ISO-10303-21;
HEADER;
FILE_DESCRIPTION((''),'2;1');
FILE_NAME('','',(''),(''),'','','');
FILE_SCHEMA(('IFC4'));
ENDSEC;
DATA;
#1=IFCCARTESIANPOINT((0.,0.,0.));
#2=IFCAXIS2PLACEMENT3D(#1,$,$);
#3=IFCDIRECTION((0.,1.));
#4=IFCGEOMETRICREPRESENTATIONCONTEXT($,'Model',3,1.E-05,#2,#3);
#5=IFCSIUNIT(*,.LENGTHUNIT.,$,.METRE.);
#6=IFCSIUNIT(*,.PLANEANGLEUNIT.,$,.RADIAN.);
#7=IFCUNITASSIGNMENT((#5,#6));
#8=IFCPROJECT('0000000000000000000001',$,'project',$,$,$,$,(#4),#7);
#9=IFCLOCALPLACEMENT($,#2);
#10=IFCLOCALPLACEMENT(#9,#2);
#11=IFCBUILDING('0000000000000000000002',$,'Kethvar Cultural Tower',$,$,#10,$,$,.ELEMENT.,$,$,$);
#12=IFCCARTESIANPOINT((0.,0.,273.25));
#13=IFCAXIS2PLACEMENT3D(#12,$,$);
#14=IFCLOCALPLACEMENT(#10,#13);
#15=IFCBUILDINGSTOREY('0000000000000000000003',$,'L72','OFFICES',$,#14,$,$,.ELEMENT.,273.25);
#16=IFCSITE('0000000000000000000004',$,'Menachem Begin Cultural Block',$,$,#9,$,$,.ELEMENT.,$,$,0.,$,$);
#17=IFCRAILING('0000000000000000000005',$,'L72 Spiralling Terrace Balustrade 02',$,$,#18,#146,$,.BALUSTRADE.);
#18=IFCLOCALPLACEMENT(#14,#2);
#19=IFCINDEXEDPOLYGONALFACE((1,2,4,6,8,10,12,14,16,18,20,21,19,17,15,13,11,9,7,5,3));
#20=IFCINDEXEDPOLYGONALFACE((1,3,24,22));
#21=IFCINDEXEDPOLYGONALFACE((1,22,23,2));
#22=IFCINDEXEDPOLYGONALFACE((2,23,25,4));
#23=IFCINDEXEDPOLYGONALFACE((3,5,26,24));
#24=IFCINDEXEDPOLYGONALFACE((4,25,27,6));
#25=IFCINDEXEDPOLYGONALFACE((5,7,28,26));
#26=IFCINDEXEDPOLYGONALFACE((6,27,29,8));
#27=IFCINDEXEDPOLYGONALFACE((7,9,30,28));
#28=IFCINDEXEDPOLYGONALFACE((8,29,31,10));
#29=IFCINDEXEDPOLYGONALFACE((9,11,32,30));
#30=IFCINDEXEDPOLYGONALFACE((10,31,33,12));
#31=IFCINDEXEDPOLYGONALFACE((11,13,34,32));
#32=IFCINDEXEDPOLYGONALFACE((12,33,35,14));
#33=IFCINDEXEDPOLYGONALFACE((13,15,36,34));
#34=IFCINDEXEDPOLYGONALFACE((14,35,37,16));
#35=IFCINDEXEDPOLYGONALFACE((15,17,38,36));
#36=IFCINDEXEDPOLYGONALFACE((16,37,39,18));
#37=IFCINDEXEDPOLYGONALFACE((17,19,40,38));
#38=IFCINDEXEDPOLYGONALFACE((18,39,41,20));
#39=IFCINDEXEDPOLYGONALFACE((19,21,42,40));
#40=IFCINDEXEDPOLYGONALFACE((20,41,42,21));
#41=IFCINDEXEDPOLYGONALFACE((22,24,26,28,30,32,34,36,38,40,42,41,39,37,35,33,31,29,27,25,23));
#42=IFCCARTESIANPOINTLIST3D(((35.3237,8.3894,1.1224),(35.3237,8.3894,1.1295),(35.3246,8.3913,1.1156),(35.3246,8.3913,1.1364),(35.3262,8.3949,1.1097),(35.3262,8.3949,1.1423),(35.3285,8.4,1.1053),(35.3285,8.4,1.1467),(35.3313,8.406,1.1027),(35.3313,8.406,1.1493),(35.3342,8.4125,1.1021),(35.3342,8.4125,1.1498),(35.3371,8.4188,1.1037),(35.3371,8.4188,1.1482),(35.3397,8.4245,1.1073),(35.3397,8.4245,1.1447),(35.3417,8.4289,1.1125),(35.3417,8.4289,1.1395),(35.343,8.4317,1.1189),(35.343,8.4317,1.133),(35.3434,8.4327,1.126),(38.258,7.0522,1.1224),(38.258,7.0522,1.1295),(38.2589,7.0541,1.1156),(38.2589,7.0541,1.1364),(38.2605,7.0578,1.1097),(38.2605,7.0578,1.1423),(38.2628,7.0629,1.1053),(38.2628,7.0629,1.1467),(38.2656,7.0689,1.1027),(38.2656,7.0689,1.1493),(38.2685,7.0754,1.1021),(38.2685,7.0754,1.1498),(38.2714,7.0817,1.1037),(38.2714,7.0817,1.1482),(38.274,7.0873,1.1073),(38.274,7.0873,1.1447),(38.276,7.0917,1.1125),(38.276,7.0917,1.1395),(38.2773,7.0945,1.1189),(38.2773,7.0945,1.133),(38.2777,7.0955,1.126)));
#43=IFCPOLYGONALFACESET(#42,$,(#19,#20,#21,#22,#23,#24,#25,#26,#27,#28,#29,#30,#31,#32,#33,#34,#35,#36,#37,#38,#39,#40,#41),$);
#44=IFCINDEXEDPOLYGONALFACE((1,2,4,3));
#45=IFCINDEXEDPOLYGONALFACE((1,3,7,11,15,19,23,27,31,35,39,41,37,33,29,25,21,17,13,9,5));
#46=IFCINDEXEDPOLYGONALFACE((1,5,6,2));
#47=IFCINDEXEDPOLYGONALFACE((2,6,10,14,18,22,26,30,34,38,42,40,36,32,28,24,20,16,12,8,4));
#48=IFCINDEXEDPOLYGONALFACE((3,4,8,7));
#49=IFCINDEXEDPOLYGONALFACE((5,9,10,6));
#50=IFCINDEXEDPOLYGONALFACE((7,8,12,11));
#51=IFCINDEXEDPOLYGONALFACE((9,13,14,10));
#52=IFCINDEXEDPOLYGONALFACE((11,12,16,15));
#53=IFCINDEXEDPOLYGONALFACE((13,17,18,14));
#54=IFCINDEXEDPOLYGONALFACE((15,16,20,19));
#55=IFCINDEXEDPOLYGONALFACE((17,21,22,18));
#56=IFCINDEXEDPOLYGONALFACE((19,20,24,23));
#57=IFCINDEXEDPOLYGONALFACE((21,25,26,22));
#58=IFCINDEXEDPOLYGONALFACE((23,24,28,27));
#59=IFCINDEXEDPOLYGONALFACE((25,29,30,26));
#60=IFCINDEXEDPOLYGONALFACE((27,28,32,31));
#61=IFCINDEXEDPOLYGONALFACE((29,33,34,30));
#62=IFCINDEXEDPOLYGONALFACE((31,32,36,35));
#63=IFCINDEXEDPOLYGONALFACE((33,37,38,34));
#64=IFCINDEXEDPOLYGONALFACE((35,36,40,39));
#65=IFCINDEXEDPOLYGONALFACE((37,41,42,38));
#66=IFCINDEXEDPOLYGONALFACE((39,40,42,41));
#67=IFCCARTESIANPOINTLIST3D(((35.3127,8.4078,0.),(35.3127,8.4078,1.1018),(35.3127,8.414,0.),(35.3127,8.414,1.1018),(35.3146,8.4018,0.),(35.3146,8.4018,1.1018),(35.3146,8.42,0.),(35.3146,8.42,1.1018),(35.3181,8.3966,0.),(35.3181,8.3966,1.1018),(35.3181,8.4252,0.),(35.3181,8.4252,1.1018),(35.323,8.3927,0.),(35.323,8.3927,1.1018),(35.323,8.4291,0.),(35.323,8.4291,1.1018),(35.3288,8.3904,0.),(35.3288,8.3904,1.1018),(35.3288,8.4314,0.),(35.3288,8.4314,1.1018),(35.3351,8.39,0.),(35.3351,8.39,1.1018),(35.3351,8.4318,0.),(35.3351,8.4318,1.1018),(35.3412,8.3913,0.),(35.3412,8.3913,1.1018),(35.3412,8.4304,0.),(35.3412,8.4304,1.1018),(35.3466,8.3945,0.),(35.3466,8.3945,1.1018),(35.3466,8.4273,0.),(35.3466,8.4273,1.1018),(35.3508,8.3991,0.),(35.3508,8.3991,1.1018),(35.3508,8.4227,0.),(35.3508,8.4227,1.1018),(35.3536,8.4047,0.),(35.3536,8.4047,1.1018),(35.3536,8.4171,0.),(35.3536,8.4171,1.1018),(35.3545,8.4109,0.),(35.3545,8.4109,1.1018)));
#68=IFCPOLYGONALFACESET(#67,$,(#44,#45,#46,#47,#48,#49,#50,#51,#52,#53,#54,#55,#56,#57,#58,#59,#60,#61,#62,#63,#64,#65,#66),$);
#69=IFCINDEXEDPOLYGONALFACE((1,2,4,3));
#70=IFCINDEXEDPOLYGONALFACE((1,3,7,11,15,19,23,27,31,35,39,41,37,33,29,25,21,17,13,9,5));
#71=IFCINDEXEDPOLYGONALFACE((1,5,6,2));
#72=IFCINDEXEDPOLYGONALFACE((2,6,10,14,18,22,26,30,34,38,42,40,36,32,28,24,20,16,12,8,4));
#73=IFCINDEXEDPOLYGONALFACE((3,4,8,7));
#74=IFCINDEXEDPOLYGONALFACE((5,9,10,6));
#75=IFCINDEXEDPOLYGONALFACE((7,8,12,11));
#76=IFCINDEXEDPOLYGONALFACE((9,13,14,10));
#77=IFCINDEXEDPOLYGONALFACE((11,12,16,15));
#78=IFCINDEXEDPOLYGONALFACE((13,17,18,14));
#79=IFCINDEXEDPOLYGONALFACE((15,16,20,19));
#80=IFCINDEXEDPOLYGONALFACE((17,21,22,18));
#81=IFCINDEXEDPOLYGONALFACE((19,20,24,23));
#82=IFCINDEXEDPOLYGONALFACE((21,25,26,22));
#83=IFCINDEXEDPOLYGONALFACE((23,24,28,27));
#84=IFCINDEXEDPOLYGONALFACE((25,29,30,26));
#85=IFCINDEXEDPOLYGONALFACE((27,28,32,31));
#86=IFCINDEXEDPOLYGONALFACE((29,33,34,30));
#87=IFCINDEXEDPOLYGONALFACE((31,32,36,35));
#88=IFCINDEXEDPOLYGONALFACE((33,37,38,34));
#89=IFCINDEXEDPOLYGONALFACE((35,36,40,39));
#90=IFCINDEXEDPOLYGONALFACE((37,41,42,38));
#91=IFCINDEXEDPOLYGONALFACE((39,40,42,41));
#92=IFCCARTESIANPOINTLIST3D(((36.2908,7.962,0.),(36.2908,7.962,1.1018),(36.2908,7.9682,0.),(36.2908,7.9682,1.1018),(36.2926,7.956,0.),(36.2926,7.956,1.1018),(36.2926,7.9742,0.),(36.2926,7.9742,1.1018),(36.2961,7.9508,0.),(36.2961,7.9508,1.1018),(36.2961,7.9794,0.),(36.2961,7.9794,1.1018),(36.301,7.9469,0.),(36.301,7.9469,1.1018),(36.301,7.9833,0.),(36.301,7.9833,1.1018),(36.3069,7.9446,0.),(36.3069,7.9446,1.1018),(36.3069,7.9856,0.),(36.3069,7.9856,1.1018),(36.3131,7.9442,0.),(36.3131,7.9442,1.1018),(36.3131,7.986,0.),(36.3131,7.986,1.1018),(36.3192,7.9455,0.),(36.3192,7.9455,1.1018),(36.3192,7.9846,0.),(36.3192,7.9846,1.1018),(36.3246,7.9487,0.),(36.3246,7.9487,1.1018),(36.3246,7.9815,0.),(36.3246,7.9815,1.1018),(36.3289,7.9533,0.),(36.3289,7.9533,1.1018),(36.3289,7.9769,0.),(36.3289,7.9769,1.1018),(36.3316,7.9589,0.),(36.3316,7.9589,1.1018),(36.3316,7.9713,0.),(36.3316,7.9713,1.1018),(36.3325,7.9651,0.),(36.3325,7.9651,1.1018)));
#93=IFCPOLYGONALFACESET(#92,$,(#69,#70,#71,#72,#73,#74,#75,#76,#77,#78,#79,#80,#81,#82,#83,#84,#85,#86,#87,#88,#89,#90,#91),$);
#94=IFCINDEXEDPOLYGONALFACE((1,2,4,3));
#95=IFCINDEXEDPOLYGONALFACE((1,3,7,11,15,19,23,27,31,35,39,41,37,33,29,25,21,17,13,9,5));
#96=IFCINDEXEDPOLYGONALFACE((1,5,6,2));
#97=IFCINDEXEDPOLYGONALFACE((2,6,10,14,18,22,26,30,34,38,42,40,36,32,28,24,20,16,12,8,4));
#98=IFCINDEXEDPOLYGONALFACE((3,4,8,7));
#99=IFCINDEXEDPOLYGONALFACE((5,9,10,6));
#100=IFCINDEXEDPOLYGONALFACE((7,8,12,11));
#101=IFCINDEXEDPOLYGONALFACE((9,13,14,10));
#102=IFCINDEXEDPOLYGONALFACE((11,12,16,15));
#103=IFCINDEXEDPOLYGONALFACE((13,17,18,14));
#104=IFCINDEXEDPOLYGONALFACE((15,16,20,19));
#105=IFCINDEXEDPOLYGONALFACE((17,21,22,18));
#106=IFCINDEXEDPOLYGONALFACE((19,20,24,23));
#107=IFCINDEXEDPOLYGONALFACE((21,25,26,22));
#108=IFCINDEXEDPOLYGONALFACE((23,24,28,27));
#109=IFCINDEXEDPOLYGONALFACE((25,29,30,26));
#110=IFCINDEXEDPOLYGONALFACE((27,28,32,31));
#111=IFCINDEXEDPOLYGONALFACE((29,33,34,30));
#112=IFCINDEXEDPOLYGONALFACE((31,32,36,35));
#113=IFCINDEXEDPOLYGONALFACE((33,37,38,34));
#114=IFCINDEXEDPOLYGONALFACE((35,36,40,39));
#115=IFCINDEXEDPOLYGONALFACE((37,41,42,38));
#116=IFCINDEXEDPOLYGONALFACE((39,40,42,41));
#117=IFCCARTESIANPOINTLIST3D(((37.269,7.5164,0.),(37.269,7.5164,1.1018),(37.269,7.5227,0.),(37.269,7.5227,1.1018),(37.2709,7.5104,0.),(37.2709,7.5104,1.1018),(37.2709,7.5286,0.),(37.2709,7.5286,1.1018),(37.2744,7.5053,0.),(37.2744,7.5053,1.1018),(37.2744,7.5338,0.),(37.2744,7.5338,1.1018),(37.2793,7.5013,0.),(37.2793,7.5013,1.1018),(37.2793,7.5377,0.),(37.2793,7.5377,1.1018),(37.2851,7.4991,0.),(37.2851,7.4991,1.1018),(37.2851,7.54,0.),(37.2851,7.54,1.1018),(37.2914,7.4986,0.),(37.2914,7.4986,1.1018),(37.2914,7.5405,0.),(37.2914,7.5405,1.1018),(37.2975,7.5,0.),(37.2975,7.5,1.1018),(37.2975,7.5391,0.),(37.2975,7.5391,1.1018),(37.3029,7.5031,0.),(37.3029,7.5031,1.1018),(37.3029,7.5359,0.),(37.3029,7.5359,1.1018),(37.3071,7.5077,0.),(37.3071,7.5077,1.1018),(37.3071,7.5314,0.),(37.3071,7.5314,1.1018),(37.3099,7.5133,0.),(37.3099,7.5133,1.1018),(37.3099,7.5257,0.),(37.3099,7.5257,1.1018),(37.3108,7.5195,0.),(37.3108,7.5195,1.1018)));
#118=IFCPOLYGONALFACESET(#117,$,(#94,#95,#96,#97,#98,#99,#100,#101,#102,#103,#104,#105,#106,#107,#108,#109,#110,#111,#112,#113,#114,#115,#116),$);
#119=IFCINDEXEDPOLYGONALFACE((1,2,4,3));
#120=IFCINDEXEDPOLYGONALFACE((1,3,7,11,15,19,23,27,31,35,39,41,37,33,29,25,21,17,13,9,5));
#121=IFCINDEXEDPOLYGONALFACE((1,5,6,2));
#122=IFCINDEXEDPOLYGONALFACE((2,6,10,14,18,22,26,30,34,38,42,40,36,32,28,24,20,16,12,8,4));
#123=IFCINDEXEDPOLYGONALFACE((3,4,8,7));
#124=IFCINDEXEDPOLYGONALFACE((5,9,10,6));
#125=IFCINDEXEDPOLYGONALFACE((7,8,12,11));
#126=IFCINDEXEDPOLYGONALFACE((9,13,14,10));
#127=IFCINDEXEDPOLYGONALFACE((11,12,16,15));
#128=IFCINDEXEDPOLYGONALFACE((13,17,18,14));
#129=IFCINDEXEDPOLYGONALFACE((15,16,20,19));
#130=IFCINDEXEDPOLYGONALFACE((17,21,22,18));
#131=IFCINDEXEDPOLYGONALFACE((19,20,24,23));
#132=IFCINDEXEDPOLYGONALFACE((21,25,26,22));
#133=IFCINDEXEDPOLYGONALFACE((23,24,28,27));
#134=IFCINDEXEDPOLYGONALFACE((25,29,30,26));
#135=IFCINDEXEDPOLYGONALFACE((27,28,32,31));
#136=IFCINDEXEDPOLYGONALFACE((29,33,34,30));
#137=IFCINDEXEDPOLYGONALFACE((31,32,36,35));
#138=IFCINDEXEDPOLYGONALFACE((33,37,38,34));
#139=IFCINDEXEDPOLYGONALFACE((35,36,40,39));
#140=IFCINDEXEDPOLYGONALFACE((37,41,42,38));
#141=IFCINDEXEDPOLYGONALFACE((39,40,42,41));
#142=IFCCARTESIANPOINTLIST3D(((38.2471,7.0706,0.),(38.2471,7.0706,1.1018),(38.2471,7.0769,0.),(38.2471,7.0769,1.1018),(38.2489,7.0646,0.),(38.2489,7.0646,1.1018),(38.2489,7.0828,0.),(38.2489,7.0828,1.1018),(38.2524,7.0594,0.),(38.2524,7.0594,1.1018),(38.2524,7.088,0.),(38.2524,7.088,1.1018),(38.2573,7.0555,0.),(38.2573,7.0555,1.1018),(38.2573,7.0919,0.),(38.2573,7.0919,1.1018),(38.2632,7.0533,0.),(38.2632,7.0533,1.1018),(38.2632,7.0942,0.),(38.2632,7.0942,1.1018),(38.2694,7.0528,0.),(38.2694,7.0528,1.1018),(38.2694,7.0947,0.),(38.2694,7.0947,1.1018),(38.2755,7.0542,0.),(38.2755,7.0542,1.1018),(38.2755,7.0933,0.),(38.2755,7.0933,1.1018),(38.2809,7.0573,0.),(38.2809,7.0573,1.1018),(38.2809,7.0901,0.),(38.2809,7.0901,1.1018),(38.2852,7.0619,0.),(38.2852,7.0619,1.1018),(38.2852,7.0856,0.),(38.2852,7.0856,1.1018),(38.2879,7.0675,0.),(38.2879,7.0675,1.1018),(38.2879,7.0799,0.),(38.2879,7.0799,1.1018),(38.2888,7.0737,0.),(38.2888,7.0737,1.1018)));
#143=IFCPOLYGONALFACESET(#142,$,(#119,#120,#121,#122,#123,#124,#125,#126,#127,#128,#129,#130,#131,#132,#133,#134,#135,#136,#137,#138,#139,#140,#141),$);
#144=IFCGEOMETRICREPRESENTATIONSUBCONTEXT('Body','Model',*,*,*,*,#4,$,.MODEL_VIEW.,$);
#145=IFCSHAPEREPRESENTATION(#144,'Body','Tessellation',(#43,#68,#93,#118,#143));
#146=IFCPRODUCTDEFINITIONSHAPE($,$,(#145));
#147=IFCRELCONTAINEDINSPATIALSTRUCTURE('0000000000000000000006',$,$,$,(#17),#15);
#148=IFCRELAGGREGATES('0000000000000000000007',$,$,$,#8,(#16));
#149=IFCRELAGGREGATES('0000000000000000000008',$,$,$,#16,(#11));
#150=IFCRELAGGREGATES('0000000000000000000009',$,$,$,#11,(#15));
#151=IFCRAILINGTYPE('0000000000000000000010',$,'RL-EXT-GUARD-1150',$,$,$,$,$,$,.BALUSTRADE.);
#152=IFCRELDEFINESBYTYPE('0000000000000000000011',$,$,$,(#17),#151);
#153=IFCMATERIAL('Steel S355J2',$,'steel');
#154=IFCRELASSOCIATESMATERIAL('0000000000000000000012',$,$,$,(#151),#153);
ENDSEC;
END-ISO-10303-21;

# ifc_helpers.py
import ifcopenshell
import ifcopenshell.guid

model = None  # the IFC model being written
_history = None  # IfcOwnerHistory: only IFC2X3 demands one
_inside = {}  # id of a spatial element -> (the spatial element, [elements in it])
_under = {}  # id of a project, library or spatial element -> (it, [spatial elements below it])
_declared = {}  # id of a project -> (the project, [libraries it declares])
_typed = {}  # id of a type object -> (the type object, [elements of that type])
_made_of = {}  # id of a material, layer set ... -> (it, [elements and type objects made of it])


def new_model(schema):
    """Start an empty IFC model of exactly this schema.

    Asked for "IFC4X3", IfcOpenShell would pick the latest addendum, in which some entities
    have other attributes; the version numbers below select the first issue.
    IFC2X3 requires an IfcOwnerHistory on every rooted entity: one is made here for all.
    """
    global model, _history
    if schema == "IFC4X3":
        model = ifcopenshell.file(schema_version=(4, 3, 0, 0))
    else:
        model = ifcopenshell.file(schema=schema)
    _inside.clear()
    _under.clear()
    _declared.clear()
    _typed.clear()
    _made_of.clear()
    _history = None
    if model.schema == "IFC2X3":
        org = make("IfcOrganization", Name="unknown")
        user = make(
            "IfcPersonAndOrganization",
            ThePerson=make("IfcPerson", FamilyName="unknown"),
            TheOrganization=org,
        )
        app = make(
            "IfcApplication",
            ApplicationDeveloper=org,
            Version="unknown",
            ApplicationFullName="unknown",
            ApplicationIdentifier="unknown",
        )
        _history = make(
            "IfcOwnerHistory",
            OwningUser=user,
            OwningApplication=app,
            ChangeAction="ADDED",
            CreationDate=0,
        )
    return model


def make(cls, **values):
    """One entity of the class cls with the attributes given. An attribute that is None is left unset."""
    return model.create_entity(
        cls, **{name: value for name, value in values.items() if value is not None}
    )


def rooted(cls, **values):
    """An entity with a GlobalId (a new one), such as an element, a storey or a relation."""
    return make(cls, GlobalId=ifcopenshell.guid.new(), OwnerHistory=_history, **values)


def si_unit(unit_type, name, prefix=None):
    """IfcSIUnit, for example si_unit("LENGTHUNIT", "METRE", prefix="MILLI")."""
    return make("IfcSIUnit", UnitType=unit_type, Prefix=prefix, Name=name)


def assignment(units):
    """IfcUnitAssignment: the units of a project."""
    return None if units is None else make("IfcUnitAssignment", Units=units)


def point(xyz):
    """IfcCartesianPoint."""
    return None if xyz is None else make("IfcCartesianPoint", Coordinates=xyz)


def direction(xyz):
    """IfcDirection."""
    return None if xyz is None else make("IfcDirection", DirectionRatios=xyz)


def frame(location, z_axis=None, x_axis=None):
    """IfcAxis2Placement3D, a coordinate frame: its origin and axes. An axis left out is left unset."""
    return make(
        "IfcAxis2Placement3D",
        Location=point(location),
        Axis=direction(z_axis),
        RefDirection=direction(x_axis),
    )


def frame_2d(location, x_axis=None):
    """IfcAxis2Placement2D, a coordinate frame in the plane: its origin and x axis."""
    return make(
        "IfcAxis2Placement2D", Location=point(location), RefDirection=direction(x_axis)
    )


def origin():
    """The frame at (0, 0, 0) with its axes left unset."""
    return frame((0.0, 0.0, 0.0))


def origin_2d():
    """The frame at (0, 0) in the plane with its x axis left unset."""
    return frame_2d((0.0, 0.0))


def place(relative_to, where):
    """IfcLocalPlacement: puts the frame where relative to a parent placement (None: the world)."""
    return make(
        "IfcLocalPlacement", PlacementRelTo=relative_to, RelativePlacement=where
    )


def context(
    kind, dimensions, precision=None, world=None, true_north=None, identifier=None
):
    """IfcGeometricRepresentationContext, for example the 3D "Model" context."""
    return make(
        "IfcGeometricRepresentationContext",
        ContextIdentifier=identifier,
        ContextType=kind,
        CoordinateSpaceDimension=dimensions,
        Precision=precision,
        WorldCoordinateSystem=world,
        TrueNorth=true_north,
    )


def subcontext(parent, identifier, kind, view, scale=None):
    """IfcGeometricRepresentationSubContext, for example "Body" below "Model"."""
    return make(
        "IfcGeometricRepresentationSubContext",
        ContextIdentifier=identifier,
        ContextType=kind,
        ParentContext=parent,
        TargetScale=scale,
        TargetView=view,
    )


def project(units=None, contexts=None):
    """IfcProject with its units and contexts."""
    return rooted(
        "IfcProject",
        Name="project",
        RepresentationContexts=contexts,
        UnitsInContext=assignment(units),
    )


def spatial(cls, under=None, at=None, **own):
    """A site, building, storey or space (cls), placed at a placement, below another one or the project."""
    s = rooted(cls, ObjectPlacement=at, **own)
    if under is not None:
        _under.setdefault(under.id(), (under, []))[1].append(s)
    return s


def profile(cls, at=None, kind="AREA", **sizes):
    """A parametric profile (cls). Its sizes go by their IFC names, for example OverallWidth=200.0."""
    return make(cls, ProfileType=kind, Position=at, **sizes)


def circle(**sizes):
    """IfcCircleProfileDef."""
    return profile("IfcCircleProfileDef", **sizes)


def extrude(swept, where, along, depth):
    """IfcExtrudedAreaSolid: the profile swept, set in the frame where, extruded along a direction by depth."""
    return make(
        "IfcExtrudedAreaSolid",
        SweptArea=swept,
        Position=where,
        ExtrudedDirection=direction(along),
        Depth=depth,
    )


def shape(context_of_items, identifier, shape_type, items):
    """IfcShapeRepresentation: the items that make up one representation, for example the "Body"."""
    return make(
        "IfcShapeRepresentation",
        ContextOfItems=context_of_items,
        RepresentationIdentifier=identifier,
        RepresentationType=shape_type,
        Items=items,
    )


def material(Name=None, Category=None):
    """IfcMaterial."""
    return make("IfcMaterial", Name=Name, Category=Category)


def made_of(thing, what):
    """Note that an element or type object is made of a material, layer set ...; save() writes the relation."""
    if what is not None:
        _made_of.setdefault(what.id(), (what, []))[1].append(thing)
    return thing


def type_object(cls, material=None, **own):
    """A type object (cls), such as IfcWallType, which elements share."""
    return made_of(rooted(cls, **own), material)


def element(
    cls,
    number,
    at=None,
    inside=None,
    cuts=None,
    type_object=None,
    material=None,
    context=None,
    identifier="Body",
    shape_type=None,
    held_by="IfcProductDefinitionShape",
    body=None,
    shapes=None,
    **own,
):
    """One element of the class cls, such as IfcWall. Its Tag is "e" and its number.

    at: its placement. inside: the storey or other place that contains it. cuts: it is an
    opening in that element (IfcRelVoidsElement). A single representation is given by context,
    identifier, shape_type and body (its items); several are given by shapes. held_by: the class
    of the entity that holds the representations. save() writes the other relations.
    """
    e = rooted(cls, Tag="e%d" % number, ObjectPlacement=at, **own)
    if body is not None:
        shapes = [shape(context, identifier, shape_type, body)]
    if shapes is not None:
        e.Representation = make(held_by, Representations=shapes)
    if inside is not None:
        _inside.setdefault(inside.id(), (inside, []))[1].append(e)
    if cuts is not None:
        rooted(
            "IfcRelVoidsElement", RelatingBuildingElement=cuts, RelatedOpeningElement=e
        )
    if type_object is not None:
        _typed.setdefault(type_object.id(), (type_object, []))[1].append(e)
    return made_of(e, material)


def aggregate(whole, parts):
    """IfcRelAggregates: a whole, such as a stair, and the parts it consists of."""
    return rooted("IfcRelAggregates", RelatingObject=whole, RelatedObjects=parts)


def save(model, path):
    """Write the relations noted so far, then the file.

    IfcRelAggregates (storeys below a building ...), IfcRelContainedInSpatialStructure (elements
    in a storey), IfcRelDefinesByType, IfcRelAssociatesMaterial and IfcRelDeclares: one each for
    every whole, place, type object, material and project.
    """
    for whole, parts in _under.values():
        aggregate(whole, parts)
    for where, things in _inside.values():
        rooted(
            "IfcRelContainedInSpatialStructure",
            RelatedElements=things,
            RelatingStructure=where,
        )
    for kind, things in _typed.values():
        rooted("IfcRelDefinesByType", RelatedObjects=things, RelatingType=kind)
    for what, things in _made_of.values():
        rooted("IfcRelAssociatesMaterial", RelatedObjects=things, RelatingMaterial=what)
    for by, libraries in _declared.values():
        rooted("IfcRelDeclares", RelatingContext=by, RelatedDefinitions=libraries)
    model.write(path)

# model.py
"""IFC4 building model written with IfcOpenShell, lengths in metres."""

from ifc_helpers import new_model, si_unit, direction, frame, origin, origin_2d, place, context, subcontext, project, spatial, circle, extrude, material, type_object, element, save


model = new_model("IFC4")

# Units and contexts
model_context = context("Model", 3, precision=1e-05, world=origin(), true_north=direction((0.0, 1.0)))
body_context = subcontext(model_context, "Body", "Model", "MODEL_VIEW")
ifc_project = project(units=[si_unit("LENGTHUNIT", "METRE"), si_unit("PLANEANGLEUNIT", "RADIAN")], contexts=[model_context])

# Site, building, storey
site_placement = place(None, origin())
site = spatial("IfcSite", under=ifc_project, at=site_placement, Name="Menachem Begin Cultural Block", CompositionType="ELEMENT", RefElevation=0.0)
building_placement = place(site_placement, origin())
building = spatial("IfcBuilding", under=site, at=building_placement, Name="Kethvar Cultural Tower", CompositionType="ELEMENT")
storey_placement = place(building_placement, frame((0.0, 0.0, 273.25)))
storey = spatial("IfcBuildingStorey", under=building, at=storey_placement, Name="L72", Description="OFFICES", CompositionType="ELEMENT", Elevation=273.25)

# Shared definitions
ifc_material_1 = material(Name="Steel S355J2", Category="steel")

# Railing
railing_type = type_object("IfcRailingType", Name="RL-EXT-GUARD-1150", PredefinedType="BALUSTRADE", material=ifc_material_1)
railing_1_placement = place(storey_placement, frame((35.3335, 8.4109, 0.0)))
element("IfcRailing", 1, at=railing_1_placement, inside=storey, type_object=railing_type, Name="L72 Spiralling Terrace Balustrade 02", PredefinedType="BALUSTRADE", context=body_context, shape_type="SweptSolid", body=[
    extrude(circle(Radius=0.0239, at=origin_2d()), frame((0.0, 0.0, 1.126), z_axis=(0.909972, -0.41467, 0.0), x_axis=(0.41467, 0.909972, 0.0)), (0.0, 0.0, 1.0), 3.2246),
    extrude(circle(Radius=0.021, at=origin_2d()), origin(), (0.0, 0.0, 1.0), 1.1018),
    extrude(circle(Radius=0.021, at=origin_2d()), frame((0.978, -0.4458, 0.0)), (0.0, 0.0, 1.0), 1.1018),
    extrude(circle(Radius=0.021, at=origin_2d()), frame((1.9563, -0.8914, 0.0)), (0.0, 0.0, 1.0), 1.1018),
    extrude(circle(Radius=0.021, at=origin_2d()), frame((2.9343, -1.3372, 0.0)), (0.0, 0.0, 1.0), 1.1018),
])

save(model, "model.ifc")
